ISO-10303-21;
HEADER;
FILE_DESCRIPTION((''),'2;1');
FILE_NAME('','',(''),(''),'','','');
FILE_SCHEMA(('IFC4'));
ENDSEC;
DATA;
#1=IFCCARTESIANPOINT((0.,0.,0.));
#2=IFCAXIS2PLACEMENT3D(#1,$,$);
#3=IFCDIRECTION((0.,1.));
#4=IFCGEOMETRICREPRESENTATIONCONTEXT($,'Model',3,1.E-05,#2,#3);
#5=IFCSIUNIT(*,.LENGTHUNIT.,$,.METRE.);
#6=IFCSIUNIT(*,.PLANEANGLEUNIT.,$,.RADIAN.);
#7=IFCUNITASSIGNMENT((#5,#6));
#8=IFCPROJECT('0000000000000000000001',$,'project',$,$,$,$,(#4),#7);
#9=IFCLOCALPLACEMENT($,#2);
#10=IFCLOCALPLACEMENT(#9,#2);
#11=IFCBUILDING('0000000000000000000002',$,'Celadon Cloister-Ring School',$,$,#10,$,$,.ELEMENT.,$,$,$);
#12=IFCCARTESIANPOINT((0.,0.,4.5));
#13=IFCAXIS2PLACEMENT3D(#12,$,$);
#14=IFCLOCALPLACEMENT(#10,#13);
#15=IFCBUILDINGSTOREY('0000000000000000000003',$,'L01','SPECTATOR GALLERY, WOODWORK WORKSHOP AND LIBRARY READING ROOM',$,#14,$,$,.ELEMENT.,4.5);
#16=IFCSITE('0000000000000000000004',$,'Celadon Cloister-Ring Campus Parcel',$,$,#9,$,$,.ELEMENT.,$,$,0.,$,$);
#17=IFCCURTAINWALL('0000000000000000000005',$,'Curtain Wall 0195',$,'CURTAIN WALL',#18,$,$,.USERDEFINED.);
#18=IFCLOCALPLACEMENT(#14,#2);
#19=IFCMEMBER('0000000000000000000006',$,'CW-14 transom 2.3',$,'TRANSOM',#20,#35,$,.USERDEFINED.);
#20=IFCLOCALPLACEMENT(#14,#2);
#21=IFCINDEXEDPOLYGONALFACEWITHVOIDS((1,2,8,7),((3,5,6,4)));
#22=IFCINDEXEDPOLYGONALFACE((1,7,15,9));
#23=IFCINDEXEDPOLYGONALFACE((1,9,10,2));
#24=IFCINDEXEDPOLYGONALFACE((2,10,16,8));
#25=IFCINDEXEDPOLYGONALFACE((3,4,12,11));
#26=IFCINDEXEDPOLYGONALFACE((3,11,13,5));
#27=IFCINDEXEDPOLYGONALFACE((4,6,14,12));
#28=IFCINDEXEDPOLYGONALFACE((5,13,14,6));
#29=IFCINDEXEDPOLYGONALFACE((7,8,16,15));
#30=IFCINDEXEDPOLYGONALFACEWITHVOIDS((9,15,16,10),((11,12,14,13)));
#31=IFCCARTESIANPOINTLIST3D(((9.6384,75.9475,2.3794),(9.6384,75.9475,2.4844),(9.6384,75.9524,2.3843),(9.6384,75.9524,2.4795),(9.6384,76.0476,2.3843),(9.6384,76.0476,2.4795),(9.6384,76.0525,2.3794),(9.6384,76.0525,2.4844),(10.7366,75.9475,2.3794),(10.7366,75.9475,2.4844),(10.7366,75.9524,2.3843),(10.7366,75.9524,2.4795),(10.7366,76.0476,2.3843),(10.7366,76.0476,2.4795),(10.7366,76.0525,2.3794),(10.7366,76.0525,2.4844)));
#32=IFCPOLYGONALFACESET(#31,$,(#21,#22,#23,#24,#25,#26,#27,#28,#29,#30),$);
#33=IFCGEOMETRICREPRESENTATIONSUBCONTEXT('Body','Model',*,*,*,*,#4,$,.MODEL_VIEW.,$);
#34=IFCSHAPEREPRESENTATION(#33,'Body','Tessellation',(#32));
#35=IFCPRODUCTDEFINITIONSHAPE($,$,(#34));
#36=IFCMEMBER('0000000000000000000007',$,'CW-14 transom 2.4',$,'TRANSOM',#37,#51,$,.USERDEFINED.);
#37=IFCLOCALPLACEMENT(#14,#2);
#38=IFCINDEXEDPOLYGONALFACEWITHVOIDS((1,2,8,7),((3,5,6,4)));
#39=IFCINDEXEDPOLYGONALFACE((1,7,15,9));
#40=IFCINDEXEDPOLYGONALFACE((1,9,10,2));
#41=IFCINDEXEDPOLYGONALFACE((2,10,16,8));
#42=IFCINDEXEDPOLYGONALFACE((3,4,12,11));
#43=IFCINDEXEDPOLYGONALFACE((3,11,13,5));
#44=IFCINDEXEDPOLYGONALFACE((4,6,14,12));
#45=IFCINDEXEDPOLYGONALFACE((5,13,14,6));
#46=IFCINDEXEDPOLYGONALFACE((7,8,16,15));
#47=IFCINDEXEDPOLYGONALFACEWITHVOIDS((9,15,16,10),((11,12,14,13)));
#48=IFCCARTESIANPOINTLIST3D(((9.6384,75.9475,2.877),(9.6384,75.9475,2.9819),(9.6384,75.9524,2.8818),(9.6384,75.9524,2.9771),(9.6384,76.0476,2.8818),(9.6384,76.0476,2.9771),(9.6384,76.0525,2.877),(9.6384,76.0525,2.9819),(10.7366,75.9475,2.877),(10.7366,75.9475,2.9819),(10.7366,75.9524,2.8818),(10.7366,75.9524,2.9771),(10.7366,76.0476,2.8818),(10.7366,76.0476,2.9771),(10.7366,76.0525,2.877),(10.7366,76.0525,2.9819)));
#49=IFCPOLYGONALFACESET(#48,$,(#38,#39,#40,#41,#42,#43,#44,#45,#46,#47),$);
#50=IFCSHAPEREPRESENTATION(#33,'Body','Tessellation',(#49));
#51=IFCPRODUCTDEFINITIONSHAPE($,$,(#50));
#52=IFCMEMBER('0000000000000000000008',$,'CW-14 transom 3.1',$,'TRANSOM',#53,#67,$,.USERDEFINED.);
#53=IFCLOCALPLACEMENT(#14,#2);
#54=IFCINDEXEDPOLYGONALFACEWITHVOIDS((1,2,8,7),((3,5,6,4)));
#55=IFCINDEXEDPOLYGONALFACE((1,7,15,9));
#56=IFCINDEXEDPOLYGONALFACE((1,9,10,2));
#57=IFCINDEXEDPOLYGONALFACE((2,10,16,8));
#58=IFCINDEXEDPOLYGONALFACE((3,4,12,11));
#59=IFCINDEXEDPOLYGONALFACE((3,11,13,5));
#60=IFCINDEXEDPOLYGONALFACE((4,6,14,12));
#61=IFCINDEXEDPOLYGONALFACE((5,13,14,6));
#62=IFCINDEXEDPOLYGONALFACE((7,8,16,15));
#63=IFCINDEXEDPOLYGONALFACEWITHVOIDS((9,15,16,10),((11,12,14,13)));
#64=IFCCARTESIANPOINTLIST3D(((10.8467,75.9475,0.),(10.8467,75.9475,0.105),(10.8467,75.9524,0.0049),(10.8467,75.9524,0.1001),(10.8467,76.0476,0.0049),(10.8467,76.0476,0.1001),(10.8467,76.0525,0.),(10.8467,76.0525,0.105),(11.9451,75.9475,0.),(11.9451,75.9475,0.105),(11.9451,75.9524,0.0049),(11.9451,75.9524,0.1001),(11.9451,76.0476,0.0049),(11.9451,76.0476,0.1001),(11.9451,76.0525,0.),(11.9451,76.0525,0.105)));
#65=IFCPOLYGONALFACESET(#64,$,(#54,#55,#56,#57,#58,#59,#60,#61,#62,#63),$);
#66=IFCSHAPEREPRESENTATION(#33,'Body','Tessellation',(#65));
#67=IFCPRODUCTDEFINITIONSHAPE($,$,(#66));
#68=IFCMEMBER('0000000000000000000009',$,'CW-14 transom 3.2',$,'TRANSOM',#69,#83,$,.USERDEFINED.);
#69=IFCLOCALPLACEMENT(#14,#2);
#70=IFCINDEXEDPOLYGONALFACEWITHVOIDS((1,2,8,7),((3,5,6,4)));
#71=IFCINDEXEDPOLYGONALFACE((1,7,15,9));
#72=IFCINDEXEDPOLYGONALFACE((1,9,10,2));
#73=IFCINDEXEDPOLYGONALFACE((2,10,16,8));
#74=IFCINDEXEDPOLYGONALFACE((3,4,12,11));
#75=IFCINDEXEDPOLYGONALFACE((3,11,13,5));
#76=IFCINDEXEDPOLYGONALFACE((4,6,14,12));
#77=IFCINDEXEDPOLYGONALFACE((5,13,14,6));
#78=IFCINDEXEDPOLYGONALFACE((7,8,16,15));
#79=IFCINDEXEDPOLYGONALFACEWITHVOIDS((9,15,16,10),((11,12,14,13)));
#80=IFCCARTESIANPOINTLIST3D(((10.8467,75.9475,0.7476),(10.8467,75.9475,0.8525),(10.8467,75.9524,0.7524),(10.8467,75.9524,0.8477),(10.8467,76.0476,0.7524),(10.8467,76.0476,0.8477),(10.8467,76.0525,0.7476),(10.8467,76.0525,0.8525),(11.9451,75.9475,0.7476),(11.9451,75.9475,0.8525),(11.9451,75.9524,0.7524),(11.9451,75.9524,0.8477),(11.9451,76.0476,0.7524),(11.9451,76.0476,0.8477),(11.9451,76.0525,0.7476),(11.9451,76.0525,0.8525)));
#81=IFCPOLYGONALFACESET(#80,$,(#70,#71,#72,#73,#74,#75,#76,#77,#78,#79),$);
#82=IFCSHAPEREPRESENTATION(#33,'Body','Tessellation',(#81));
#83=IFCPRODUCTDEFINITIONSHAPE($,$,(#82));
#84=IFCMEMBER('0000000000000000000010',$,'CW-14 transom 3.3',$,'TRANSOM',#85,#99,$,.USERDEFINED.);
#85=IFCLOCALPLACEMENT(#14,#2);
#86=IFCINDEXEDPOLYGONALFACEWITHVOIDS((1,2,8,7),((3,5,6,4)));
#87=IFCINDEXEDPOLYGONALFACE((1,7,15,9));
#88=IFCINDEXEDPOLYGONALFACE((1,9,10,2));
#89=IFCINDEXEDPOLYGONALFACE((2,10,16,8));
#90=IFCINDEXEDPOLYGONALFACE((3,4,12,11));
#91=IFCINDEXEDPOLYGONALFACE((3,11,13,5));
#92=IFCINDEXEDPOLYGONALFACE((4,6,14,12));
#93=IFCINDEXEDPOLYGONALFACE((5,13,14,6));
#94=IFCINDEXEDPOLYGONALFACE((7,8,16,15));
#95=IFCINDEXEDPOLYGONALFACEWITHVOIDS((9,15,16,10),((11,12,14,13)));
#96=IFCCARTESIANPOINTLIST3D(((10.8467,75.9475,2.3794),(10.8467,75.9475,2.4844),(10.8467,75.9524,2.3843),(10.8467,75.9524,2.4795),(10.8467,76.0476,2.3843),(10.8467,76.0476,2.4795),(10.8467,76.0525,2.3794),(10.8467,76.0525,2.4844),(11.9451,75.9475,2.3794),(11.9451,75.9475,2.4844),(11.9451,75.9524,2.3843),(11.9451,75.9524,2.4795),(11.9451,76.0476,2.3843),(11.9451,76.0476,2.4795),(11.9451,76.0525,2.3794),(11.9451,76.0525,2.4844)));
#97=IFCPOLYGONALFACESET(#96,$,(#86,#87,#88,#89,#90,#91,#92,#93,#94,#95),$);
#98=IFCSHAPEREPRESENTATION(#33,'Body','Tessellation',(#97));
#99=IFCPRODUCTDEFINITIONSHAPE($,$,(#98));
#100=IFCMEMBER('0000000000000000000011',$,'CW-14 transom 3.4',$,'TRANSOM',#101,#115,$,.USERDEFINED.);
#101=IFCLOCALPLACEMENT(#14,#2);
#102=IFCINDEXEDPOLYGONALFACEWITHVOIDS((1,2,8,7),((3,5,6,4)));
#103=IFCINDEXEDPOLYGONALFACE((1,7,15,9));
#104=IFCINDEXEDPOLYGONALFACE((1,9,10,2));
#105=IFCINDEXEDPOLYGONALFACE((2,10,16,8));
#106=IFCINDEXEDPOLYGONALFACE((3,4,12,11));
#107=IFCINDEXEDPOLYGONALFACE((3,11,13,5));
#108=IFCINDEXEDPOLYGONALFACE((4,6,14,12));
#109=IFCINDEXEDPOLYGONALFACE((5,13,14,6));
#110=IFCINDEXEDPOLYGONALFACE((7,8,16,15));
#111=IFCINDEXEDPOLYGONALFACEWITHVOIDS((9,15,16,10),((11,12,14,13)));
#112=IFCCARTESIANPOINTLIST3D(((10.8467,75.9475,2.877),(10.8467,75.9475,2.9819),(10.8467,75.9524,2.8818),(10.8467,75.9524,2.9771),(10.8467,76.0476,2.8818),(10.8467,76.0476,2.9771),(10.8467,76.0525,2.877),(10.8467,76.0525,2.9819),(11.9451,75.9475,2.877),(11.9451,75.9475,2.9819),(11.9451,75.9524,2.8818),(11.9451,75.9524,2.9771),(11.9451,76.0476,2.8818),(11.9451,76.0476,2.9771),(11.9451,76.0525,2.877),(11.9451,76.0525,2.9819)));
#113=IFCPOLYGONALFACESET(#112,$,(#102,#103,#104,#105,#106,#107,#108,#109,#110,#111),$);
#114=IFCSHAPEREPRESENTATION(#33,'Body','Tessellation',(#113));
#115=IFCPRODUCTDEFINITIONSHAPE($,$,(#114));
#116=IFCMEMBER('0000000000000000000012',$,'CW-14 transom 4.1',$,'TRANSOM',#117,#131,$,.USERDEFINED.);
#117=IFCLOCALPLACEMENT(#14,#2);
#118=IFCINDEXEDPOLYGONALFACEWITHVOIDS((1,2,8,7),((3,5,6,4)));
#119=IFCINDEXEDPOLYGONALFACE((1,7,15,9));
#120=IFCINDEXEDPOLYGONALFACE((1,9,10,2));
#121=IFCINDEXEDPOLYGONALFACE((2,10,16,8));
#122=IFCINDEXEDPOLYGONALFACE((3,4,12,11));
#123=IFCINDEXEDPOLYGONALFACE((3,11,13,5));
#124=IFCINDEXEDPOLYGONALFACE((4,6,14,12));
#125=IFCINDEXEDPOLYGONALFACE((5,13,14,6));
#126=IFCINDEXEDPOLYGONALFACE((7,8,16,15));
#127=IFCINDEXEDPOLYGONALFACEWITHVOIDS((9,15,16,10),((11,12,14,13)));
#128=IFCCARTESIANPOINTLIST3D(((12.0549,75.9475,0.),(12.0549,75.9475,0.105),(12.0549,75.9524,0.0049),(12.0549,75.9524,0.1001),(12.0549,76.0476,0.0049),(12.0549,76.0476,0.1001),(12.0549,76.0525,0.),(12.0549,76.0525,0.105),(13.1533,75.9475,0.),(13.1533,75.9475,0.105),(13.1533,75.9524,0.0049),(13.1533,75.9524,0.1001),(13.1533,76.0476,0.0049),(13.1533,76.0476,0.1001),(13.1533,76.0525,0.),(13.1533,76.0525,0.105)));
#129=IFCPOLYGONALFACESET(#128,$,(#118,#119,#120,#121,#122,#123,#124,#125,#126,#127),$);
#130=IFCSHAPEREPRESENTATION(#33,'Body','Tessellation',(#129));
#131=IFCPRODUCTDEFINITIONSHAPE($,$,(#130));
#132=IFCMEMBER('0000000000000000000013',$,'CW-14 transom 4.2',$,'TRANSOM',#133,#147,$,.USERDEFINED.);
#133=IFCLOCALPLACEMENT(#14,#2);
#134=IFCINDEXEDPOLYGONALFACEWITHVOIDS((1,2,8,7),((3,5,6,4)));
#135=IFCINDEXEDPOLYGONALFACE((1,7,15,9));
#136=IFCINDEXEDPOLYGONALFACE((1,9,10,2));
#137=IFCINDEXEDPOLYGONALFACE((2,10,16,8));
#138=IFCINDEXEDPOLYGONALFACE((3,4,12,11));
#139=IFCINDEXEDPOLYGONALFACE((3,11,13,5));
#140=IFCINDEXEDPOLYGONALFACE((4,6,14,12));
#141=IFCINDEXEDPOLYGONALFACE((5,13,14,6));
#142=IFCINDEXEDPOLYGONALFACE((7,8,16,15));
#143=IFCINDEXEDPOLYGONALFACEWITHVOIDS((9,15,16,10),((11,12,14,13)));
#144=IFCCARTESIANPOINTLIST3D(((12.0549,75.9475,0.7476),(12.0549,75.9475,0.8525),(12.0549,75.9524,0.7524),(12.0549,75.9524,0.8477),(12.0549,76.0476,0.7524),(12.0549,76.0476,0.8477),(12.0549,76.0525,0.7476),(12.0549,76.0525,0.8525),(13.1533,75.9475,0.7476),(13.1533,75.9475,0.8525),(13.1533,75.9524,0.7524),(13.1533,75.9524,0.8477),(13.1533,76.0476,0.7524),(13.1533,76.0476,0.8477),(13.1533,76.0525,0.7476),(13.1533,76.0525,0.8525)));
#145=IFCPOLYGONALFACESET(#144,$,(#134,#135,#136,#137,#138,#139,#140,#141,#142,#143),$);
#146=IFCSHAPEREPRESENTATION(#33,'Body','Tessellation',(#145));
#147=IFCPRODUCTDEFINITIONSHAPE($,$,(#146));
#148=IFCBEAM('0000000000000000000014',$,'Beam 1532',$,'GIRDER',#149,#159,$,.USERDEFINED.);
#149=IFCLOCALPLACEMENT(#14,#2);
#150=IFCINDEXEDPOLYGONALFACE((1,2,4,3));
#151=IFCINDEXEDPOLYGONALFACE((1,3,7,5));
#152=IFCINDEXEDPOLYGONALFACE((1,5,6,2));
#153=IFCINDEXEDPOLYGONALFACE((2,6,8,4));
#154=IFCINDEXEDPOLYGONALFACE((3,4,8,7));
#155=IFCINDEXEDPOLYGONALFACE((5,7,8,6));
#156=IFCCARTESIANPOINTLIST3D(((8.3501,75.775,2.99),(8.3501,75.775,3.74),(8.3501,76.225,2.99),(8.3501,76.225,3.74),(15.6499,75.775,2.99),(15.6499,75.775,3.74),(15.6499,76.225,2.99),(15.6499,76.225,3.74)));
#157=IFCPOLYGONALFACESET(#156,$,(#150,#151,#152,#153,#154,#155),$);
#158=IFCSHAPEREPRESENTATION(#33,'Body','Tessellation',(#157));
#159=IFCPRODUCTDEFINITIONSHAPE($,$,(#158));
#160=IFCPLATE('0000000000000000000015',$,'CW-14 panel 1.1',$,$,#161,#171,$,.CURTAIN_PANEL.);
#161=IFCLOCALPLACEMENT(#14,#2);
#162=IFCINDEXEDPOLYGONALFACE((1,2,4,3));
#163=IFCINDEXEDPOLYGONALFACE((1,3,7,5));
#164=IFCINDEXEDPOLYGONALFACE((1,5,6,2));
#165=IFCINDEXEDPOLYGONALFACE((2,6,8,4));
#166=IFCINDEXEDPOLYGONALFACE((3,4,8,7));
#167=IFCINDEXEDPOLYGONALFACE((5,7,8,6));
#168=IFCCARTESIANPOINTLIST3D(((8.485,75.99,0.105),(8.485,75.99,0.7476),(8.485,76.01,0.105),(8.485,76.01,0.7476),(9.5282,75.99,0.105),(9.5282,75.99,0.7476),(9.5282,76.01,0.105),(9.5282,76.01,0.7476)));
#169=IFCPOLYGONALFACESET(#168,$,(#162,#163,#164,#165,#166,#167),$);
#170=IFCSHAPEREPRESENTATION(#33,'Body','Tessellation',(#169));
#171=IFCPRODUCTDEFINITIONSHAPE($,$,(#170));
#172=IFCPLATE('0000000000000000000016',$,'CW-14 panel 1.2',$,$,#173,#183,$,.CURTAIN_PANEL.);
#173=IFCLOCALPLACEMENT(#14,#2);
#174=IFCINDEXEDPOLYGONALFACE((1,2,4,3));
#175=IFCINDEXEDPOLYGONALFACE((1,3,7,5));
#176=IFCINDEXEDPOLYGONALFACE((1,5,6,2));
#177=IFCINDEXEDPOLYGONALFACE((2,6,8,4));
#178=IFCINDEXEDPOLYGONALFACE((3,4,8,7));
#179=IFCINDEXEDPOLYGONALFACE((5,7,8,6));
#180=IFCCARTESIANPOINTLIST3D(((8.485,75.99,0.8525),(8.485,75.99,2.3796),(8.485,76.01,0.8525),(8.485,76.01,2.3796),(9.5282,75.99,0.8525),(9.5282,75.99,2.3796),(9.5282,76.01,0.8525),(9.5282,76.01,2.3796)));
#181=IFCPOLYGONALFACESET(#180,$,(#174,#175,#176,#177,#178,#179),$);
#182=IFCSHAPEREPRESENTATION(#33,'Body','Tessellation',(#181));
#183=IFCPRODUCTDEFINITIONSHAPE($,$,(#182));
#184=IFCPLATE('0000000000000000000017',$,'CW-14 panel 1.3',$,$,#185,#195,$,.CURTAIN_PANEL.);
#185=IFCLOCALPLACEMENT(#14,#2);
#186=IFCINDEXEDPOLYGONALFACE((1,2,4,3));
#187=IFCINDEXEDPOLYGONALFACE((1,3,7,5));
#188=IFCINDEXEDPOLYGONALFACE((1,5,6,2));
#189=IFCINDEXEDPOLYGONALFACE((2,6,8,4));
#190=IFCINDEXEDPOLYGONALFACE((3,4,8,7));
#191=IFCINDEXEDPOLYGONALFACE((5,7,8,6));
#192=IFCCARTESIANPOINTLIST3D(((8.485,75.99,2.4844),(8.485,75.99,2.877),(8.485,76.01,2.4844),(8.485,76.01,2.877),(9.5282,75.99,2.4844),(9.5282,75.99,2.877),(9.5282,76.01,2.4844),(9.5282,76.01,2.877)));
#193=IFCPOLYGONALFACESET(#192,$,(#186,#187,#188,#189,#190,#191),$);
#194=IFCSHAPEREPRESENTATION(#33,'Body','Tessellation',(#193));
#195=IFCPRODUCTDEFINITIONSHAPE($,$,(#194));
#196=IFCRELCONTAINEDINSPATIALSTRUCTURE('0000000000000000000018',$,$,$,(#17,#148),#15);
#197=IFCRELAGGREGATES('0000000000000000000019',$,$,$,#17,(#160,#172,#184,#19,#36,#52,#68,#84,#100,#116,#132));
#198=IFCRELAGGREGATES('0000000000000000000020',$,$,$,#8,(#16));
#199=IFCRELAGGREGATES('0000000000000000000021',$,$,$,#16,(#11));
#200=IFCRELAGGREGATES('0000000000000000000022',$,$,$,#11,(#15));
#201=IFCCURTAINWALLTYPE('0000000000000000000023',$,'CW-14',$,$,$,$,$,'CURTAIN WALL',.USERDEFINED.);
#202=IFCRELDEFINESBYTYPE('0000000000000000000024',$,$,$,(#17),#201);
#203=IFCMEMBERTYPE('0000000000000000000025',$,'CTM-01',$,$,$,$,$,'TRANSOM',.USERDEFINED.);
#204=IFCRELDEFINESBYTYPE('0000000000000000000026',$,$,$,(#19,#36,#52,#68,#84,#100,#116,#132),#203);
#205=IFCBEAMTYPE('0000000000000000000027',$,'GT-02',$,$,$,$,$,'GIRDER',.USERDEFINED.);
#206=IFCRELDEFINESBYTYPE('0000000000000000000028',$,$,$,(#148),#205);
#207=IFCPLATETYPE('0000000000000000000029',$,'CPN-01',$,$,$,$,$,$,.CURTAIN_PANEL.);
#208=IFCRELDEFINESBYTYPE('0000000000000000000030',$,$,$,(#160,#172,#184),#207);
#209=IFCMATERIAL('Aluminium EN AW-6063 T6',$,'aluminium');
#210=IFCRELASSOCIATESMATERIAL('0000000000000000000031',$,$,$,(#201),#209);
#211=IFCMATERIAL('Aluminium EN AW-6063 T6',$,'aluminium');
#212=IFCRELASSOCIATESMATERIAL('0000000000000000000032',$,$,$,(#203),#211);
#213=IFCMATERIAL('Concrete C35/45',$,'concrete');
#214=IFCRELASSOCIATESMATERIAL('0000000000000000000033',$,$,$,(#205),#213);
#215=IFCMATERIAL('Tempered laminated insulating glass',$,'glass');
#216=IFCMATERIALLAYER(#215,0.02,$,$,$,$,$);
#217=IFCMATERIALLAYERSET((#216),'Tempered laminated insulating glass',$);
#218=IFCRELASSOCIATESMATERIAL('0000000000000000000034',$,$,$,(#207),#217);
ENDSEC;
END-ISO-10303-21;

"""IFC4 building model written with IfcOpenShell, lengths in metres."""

from ifc_helpers import new_model, si_unit, direction, frame, origin, origin_2d, place, context, subcontext, project, spatial, rectangle, hollow_rectangle, extrude, material, layer, layer_set, material_profile, profile_set, type_object, element, aggregate, save


model = new_model("IFC4")

# Units and contexts
model_context = context("Model", 3, precision=1e-05, world=origin(), true_north=direction((0.0, 1.0)))
body_context = subcontext(model_context, "Body", "Model", "MODEL_VIEW")
ifc_project = project(units=[si_unit("LENGTHUNIT", "METRE"), si_unit("PLANEANGLEUNIT", "RADIAN")], contexts=[model_context])

# Site, building, storey
site_placement = place(None, origin())
site = spatial("IfcSite", under=ifc_project, at=site_placement, Name="Celadon Cloister-Ring Campus Parcel", CompositionType="ELEMENT", RefElevation=0.0)
building_placement = place(site_placement, origin())
building = spatial("IfcBuilding", under=site, at=building_placement, Name="Celadon Cloister-Ring School", CompositionType="ELEMENT")
storey_placement = place(building_placement, frame((0.0, 0.0, 4.5)))
storey = spatial("IfcBuildingStorey", under=building, at=storey_placement, Name="L01", Description="SPECTATOR GALLERY, WOODWORK WORKSHOP AND LIBRARY READING ROOM", CompositionType="ELEMENT", Elevation=4.5)

# Curtain wall, members
ifc_material_1 = material(Name="Aluminium EN AW-6063 T6", Category="aluminium")
curtain_wall_type = type_object("IfcCurtainWallType", Name="CW-14", ElementType="CURTAIN WALL", PredefinedType="USERDEFINED", material=ifc_material_1)
curtain_wall_placement = place(storey_placement, origin())
curtain_wall = element("IfcCurtainWall", 1, at=curtain_wall_placement, inside=storey, type_object=curtain_wall_type, Name="Curtain Wall 0195", ObjectType="CURTAIN WALL", PredefinedType="USERDEFINED")
ifc_material_2 = material(Name="Aluminium EN AW-6063 T6", Category="aluminium")
ifc_material_profile_1 = material_profile(ifc_material_2, hollow_rectangle(XDim=0.105, YDim=0.105, WallThickness=0.0049, at=origin_2d()), Name="RHS105X105X5")
ifc_profile_set_1 = profile_set([ifc_material_profile_1], Name="Aluminium EN AW-6063 T6")
member_type_1 = type_object("IfcMemberType", Name="CTM-01", ElementType="TRANSOM", PredefinedType="USERDEFINED", material=ifc_profile_set_1)
member_1_placement = place(storey_placement, frame((9.6384, 76.0, 2.4319), z_axis=(1.0, 0.0, 0.0), x_axis=(0.0, 1.0, 0.0)))
member_1 = element("IfcMember", 2, at=member_1_placement, type_object=member_type_1, Name="CW-14 transom 2.3", ObjectType="TRANSOM", PredefinedType="USERDEFINED", context=body_context, shape_type="SweptSolid", body=[
    extrude(hollow_rectangle(XDim=0.105, YDim=0.105, WallThickness=0.0049, at=origin_2d()), origin(), (0.0, 0.0, 1.0), 1.0981),
])
member_2_placement = place(storey_placement, frame((9.6384, 76.0, 2.9294), z_axis=(1.0, 0.0, 0.0), x_axis=(0.0, 1.0, 0.0)))
member_2 = element("IfcMember", 3, at=member_2_placement, type_object=member_type_1, Name="CW-14 transom 2.4", ObjectType="TRANSOM", PredefinedType="USERDEFINED", context=body_context, shape_type="SweptSolid", body=[
    extrude(hollow_rectangle(XDim=0.105, YDim=0.105, WallThickness=0.0049, at=origin_2d()), origin(), (0.0, 0.0, 1.0), 1.0981),
])
member_3_placement = place(storey_placement, frame((10.8467, 76.0, 0.0525), z_axis=(1.0, 0.0, 0.0), x_axis=(0.0, 1.0, 0.0)))
member_3 = element("IfcMember", 4, at=member_3_placement, type_object=member_type_1, Name="CW-14 transom 3.1", ObjectType="TRANSOM", PredefinedType="USERDEFINED", context=body_context, shape_type="SweptSolid", body=[
    extrude(hollow_rectangle(XDim=0.105, YDim=0.105, WallThickness=0.0049, at=origin_2d()), origin(), (0.0, 0.0, 1.0), 1.0984),
])
member_4_placement = place(storey_placement, frame((10.8467, 76.0, 0.8), z_axis=(1.0, 0.0, 0.0), x_axis=(0.0, 1.0, 0.0)))
member_4 = element("IfcMember", 5, at=member_4_placement, type_object=member_type_1, Name="CW-14 transom 3.2", ObjectType="TRANSOM", PredefinedType="USERDEFINED", context=body_context, shape_type="SweptSolid", body=[
    extrude(hollow_rectangle(XDim=0.105, YDim=0.105, WallThickness=0.0049, at=origin_2d()), origin(), (0.0, 0.0, 1.0), 1.0984),
])
member_5_placement = place(storey_placement, frame((10.8467, 76.0, 2.4319), z_axis=(1.0, 0.0, 0.0), x_axis=(0.0, 1.0, 0.0)))
member_5 = element("IfcMember", 6, at=member_5_placement, type_object=member_type_1, Name="CW-14 transom 3.3", ObjectType="TRANSOM", PredefinedType="USERDEFINED", context=body_context, shape_type="SweptSolid", body=[
    extrude(hollow_rectangle(XDim=0.105, YDim=0.105, WallThickness=0.0049, at=origin_2d()), origin(), (0.0, 0.0, 1.0), 1.0984),
])
member_6_placement = place(storey_placement, frame((10.8467, 76.0, 2.9294), z_axis=(1.0, 0.0, 0.0), x_axis=(0.0, 1.0, 0.0)))
member_6 = element("IfcMember", 7, at=member_6_placement, type_object=member_type_1, Name="CW-14 transom 3.4", ObjectType="TRANSOM", PredefinedType="USERDEFINED", context=body_context, shape_type="SweptSolid", body=[
    extrude(hollow_rectangle(XDim=0.105, YDim=0.105, WallThickness=0.0049, at=origin_2d()), origin(), (0.0, 0.0, 1.0), 1.0984),
])
member_7_placement = place(storey_placement, frame((12.0549, 76.0, 0.0525), z_axis=(1.0, 0.0, 0.0), x_axis=(0.0, 1.0, 0.0)))
member_7 = element("IfcMember", 8, at=member_7_placement, type_object=member_type_1, Name="CW-14 transom 4.1", ObjectType="TRANSOM", PredefinedType="USERDEFINED", context=body_context, shape_type="SweptSolid", body=[
    extrude(hollow_rectangle(XDim=0.105, YDim=0.105, WallThickness=0.0049, at=origin_2d()), origin(), (0.0, 0.0, 1.0), 1.0984),
])
member_8_placement = place(storey_placement, frame((12.0549, 76.0, 0.8), z_axis=(1.0, 0.0, 0.0), x_axis=(0.0, 1.0, 0.0)))
member_8 = element("IfcMember", 9, at=member_8_placement, type_object=member_type_1, Name="CW-14 transom 4.2", ObjectType="TRANSOM", PredefinedType="USERDEFINED", context=body_context, shape_type="SweptSolid", body=[
    extrude(hollow_rectangle(XDim=0.105, YDim=0.105, WallThickness=0.0049, at=origin_2d()), origin(), (0.0, 0.0, 1.0), 1.0984),
])

# Beam
ifc_material_3 = material(Name="Concrete C35/45", Category="concrete")
ifc_material_profile_2 = material_profile(ifc_material_3, rectangle(XDim=0.45, YDim=0.75, at=origin_2d()), Name="RC450X750")
ifc_profile_set_2 = profile_set([ifc_material_profile_2], Name="Concrete C35/45")
beam_type = type_object("IfcBeamType", Name="GT-02", ElementType="GIRDER", PredefinedType="USERDEFINED", material=ifc_profile_set_2)
beam_placement = place(storey_placement, frame((8.3501, 76.0, 3.365), z_axis=(1.0, 0.0, 0.0), x_axis=(0.0, 1.0, 0.0)))
element("IfcBeam", 10, at=beam_placement, inside=storey, type_object=beam_type, Name="Beam 1532", ObjectType="GIRDER", PredefinedType="USERDEFINED", context=body_context, shape_type="SweptSolid", body=[
    extrude(rectangle(XDim=0.45, YDim=0.75, at=origin_2d()), origin(), (0.0, 0.0, 1.0), 7.2998),
])

# Plates
ifc_material_4 = material(Name="Tempered laminated insulating glass", Category="glass")
ifc_layer = layer(ifc_material_4, 0.02)
ifc_layer_set = layer_set([ifc_layer], Name="Tempered laminated insulating glass")
plate_type = type_object("IfcPlateType", Name="CPN-01", PredefinedType="CURTAIN_PANEL", material=ifc_layer_set)
plate_1_placement = place(storey_placement, frame((9.0066, 76.0, 0.105), z_axis=(0.0, 0.0, 1.0), x_axis=(1.0, 0.0, 0.0)))
plate_1 = element("IfcPlate", 11, at=plate_1_placement, type_object=plate_type, Name="CW-14 panel 1.1", PredefinedType="CURTAIN_PANEL", context=body_context, shape_type="SweptSolid", body=[
    extrude(rectangle(XDim=1.0432, YDim=0.02, at=origin_2d()), origin(), (0.0, 0.0, 1.0), 0.6426),
])
plate_2_placement = place(storey_placement, frame((9.0066, 76.0, 0.8525), z_axis=(0.0, 0.0, 1.0), x_axis=(1.0, 0.0, 0.0)))
plate_2 = element("IfcPlate", 12, at=plate_2_placement, type_object=plate_type, Name="CW-14 panel 1.2", PredefinedType="CURTAIN_PANEL", context=body_context, shape_type="SweptSolid", body=[
    extrude(rectangle(XDim=1.0432, YDim=0.02, at=origin_2d()), origin(), (0.0, 0.0, 1.0), 1.5271),
])
plate_3_placement = place(storey_placement, frame((9.0066, 76.0, 2.4844), z_axis=(0.0, 0.0, 1.0), x_axis=(1.0, 0.0, 0.0)))
plate_3 = element("IfcPlate", 13, at=plate_3_placement, type_object=plate_type, Name="CW-14 panel 1.3", PredefinedType="CURTAIN_PANEL", context=body_context, shape_type="SweptSolid", body=[
    extrude(rectangle(XDim=1.0432, YDim=0.02, at=origin_2d()), origin(), (0.0, 0.0, 1.0), 0.3926),
])
aggregate(curtain_wall, [plate_1, plate_2, plate_3, member_1, member_2, member_3, member_4, member_5, member_6, member_7, member_8])

save(model, "model.ifc")
